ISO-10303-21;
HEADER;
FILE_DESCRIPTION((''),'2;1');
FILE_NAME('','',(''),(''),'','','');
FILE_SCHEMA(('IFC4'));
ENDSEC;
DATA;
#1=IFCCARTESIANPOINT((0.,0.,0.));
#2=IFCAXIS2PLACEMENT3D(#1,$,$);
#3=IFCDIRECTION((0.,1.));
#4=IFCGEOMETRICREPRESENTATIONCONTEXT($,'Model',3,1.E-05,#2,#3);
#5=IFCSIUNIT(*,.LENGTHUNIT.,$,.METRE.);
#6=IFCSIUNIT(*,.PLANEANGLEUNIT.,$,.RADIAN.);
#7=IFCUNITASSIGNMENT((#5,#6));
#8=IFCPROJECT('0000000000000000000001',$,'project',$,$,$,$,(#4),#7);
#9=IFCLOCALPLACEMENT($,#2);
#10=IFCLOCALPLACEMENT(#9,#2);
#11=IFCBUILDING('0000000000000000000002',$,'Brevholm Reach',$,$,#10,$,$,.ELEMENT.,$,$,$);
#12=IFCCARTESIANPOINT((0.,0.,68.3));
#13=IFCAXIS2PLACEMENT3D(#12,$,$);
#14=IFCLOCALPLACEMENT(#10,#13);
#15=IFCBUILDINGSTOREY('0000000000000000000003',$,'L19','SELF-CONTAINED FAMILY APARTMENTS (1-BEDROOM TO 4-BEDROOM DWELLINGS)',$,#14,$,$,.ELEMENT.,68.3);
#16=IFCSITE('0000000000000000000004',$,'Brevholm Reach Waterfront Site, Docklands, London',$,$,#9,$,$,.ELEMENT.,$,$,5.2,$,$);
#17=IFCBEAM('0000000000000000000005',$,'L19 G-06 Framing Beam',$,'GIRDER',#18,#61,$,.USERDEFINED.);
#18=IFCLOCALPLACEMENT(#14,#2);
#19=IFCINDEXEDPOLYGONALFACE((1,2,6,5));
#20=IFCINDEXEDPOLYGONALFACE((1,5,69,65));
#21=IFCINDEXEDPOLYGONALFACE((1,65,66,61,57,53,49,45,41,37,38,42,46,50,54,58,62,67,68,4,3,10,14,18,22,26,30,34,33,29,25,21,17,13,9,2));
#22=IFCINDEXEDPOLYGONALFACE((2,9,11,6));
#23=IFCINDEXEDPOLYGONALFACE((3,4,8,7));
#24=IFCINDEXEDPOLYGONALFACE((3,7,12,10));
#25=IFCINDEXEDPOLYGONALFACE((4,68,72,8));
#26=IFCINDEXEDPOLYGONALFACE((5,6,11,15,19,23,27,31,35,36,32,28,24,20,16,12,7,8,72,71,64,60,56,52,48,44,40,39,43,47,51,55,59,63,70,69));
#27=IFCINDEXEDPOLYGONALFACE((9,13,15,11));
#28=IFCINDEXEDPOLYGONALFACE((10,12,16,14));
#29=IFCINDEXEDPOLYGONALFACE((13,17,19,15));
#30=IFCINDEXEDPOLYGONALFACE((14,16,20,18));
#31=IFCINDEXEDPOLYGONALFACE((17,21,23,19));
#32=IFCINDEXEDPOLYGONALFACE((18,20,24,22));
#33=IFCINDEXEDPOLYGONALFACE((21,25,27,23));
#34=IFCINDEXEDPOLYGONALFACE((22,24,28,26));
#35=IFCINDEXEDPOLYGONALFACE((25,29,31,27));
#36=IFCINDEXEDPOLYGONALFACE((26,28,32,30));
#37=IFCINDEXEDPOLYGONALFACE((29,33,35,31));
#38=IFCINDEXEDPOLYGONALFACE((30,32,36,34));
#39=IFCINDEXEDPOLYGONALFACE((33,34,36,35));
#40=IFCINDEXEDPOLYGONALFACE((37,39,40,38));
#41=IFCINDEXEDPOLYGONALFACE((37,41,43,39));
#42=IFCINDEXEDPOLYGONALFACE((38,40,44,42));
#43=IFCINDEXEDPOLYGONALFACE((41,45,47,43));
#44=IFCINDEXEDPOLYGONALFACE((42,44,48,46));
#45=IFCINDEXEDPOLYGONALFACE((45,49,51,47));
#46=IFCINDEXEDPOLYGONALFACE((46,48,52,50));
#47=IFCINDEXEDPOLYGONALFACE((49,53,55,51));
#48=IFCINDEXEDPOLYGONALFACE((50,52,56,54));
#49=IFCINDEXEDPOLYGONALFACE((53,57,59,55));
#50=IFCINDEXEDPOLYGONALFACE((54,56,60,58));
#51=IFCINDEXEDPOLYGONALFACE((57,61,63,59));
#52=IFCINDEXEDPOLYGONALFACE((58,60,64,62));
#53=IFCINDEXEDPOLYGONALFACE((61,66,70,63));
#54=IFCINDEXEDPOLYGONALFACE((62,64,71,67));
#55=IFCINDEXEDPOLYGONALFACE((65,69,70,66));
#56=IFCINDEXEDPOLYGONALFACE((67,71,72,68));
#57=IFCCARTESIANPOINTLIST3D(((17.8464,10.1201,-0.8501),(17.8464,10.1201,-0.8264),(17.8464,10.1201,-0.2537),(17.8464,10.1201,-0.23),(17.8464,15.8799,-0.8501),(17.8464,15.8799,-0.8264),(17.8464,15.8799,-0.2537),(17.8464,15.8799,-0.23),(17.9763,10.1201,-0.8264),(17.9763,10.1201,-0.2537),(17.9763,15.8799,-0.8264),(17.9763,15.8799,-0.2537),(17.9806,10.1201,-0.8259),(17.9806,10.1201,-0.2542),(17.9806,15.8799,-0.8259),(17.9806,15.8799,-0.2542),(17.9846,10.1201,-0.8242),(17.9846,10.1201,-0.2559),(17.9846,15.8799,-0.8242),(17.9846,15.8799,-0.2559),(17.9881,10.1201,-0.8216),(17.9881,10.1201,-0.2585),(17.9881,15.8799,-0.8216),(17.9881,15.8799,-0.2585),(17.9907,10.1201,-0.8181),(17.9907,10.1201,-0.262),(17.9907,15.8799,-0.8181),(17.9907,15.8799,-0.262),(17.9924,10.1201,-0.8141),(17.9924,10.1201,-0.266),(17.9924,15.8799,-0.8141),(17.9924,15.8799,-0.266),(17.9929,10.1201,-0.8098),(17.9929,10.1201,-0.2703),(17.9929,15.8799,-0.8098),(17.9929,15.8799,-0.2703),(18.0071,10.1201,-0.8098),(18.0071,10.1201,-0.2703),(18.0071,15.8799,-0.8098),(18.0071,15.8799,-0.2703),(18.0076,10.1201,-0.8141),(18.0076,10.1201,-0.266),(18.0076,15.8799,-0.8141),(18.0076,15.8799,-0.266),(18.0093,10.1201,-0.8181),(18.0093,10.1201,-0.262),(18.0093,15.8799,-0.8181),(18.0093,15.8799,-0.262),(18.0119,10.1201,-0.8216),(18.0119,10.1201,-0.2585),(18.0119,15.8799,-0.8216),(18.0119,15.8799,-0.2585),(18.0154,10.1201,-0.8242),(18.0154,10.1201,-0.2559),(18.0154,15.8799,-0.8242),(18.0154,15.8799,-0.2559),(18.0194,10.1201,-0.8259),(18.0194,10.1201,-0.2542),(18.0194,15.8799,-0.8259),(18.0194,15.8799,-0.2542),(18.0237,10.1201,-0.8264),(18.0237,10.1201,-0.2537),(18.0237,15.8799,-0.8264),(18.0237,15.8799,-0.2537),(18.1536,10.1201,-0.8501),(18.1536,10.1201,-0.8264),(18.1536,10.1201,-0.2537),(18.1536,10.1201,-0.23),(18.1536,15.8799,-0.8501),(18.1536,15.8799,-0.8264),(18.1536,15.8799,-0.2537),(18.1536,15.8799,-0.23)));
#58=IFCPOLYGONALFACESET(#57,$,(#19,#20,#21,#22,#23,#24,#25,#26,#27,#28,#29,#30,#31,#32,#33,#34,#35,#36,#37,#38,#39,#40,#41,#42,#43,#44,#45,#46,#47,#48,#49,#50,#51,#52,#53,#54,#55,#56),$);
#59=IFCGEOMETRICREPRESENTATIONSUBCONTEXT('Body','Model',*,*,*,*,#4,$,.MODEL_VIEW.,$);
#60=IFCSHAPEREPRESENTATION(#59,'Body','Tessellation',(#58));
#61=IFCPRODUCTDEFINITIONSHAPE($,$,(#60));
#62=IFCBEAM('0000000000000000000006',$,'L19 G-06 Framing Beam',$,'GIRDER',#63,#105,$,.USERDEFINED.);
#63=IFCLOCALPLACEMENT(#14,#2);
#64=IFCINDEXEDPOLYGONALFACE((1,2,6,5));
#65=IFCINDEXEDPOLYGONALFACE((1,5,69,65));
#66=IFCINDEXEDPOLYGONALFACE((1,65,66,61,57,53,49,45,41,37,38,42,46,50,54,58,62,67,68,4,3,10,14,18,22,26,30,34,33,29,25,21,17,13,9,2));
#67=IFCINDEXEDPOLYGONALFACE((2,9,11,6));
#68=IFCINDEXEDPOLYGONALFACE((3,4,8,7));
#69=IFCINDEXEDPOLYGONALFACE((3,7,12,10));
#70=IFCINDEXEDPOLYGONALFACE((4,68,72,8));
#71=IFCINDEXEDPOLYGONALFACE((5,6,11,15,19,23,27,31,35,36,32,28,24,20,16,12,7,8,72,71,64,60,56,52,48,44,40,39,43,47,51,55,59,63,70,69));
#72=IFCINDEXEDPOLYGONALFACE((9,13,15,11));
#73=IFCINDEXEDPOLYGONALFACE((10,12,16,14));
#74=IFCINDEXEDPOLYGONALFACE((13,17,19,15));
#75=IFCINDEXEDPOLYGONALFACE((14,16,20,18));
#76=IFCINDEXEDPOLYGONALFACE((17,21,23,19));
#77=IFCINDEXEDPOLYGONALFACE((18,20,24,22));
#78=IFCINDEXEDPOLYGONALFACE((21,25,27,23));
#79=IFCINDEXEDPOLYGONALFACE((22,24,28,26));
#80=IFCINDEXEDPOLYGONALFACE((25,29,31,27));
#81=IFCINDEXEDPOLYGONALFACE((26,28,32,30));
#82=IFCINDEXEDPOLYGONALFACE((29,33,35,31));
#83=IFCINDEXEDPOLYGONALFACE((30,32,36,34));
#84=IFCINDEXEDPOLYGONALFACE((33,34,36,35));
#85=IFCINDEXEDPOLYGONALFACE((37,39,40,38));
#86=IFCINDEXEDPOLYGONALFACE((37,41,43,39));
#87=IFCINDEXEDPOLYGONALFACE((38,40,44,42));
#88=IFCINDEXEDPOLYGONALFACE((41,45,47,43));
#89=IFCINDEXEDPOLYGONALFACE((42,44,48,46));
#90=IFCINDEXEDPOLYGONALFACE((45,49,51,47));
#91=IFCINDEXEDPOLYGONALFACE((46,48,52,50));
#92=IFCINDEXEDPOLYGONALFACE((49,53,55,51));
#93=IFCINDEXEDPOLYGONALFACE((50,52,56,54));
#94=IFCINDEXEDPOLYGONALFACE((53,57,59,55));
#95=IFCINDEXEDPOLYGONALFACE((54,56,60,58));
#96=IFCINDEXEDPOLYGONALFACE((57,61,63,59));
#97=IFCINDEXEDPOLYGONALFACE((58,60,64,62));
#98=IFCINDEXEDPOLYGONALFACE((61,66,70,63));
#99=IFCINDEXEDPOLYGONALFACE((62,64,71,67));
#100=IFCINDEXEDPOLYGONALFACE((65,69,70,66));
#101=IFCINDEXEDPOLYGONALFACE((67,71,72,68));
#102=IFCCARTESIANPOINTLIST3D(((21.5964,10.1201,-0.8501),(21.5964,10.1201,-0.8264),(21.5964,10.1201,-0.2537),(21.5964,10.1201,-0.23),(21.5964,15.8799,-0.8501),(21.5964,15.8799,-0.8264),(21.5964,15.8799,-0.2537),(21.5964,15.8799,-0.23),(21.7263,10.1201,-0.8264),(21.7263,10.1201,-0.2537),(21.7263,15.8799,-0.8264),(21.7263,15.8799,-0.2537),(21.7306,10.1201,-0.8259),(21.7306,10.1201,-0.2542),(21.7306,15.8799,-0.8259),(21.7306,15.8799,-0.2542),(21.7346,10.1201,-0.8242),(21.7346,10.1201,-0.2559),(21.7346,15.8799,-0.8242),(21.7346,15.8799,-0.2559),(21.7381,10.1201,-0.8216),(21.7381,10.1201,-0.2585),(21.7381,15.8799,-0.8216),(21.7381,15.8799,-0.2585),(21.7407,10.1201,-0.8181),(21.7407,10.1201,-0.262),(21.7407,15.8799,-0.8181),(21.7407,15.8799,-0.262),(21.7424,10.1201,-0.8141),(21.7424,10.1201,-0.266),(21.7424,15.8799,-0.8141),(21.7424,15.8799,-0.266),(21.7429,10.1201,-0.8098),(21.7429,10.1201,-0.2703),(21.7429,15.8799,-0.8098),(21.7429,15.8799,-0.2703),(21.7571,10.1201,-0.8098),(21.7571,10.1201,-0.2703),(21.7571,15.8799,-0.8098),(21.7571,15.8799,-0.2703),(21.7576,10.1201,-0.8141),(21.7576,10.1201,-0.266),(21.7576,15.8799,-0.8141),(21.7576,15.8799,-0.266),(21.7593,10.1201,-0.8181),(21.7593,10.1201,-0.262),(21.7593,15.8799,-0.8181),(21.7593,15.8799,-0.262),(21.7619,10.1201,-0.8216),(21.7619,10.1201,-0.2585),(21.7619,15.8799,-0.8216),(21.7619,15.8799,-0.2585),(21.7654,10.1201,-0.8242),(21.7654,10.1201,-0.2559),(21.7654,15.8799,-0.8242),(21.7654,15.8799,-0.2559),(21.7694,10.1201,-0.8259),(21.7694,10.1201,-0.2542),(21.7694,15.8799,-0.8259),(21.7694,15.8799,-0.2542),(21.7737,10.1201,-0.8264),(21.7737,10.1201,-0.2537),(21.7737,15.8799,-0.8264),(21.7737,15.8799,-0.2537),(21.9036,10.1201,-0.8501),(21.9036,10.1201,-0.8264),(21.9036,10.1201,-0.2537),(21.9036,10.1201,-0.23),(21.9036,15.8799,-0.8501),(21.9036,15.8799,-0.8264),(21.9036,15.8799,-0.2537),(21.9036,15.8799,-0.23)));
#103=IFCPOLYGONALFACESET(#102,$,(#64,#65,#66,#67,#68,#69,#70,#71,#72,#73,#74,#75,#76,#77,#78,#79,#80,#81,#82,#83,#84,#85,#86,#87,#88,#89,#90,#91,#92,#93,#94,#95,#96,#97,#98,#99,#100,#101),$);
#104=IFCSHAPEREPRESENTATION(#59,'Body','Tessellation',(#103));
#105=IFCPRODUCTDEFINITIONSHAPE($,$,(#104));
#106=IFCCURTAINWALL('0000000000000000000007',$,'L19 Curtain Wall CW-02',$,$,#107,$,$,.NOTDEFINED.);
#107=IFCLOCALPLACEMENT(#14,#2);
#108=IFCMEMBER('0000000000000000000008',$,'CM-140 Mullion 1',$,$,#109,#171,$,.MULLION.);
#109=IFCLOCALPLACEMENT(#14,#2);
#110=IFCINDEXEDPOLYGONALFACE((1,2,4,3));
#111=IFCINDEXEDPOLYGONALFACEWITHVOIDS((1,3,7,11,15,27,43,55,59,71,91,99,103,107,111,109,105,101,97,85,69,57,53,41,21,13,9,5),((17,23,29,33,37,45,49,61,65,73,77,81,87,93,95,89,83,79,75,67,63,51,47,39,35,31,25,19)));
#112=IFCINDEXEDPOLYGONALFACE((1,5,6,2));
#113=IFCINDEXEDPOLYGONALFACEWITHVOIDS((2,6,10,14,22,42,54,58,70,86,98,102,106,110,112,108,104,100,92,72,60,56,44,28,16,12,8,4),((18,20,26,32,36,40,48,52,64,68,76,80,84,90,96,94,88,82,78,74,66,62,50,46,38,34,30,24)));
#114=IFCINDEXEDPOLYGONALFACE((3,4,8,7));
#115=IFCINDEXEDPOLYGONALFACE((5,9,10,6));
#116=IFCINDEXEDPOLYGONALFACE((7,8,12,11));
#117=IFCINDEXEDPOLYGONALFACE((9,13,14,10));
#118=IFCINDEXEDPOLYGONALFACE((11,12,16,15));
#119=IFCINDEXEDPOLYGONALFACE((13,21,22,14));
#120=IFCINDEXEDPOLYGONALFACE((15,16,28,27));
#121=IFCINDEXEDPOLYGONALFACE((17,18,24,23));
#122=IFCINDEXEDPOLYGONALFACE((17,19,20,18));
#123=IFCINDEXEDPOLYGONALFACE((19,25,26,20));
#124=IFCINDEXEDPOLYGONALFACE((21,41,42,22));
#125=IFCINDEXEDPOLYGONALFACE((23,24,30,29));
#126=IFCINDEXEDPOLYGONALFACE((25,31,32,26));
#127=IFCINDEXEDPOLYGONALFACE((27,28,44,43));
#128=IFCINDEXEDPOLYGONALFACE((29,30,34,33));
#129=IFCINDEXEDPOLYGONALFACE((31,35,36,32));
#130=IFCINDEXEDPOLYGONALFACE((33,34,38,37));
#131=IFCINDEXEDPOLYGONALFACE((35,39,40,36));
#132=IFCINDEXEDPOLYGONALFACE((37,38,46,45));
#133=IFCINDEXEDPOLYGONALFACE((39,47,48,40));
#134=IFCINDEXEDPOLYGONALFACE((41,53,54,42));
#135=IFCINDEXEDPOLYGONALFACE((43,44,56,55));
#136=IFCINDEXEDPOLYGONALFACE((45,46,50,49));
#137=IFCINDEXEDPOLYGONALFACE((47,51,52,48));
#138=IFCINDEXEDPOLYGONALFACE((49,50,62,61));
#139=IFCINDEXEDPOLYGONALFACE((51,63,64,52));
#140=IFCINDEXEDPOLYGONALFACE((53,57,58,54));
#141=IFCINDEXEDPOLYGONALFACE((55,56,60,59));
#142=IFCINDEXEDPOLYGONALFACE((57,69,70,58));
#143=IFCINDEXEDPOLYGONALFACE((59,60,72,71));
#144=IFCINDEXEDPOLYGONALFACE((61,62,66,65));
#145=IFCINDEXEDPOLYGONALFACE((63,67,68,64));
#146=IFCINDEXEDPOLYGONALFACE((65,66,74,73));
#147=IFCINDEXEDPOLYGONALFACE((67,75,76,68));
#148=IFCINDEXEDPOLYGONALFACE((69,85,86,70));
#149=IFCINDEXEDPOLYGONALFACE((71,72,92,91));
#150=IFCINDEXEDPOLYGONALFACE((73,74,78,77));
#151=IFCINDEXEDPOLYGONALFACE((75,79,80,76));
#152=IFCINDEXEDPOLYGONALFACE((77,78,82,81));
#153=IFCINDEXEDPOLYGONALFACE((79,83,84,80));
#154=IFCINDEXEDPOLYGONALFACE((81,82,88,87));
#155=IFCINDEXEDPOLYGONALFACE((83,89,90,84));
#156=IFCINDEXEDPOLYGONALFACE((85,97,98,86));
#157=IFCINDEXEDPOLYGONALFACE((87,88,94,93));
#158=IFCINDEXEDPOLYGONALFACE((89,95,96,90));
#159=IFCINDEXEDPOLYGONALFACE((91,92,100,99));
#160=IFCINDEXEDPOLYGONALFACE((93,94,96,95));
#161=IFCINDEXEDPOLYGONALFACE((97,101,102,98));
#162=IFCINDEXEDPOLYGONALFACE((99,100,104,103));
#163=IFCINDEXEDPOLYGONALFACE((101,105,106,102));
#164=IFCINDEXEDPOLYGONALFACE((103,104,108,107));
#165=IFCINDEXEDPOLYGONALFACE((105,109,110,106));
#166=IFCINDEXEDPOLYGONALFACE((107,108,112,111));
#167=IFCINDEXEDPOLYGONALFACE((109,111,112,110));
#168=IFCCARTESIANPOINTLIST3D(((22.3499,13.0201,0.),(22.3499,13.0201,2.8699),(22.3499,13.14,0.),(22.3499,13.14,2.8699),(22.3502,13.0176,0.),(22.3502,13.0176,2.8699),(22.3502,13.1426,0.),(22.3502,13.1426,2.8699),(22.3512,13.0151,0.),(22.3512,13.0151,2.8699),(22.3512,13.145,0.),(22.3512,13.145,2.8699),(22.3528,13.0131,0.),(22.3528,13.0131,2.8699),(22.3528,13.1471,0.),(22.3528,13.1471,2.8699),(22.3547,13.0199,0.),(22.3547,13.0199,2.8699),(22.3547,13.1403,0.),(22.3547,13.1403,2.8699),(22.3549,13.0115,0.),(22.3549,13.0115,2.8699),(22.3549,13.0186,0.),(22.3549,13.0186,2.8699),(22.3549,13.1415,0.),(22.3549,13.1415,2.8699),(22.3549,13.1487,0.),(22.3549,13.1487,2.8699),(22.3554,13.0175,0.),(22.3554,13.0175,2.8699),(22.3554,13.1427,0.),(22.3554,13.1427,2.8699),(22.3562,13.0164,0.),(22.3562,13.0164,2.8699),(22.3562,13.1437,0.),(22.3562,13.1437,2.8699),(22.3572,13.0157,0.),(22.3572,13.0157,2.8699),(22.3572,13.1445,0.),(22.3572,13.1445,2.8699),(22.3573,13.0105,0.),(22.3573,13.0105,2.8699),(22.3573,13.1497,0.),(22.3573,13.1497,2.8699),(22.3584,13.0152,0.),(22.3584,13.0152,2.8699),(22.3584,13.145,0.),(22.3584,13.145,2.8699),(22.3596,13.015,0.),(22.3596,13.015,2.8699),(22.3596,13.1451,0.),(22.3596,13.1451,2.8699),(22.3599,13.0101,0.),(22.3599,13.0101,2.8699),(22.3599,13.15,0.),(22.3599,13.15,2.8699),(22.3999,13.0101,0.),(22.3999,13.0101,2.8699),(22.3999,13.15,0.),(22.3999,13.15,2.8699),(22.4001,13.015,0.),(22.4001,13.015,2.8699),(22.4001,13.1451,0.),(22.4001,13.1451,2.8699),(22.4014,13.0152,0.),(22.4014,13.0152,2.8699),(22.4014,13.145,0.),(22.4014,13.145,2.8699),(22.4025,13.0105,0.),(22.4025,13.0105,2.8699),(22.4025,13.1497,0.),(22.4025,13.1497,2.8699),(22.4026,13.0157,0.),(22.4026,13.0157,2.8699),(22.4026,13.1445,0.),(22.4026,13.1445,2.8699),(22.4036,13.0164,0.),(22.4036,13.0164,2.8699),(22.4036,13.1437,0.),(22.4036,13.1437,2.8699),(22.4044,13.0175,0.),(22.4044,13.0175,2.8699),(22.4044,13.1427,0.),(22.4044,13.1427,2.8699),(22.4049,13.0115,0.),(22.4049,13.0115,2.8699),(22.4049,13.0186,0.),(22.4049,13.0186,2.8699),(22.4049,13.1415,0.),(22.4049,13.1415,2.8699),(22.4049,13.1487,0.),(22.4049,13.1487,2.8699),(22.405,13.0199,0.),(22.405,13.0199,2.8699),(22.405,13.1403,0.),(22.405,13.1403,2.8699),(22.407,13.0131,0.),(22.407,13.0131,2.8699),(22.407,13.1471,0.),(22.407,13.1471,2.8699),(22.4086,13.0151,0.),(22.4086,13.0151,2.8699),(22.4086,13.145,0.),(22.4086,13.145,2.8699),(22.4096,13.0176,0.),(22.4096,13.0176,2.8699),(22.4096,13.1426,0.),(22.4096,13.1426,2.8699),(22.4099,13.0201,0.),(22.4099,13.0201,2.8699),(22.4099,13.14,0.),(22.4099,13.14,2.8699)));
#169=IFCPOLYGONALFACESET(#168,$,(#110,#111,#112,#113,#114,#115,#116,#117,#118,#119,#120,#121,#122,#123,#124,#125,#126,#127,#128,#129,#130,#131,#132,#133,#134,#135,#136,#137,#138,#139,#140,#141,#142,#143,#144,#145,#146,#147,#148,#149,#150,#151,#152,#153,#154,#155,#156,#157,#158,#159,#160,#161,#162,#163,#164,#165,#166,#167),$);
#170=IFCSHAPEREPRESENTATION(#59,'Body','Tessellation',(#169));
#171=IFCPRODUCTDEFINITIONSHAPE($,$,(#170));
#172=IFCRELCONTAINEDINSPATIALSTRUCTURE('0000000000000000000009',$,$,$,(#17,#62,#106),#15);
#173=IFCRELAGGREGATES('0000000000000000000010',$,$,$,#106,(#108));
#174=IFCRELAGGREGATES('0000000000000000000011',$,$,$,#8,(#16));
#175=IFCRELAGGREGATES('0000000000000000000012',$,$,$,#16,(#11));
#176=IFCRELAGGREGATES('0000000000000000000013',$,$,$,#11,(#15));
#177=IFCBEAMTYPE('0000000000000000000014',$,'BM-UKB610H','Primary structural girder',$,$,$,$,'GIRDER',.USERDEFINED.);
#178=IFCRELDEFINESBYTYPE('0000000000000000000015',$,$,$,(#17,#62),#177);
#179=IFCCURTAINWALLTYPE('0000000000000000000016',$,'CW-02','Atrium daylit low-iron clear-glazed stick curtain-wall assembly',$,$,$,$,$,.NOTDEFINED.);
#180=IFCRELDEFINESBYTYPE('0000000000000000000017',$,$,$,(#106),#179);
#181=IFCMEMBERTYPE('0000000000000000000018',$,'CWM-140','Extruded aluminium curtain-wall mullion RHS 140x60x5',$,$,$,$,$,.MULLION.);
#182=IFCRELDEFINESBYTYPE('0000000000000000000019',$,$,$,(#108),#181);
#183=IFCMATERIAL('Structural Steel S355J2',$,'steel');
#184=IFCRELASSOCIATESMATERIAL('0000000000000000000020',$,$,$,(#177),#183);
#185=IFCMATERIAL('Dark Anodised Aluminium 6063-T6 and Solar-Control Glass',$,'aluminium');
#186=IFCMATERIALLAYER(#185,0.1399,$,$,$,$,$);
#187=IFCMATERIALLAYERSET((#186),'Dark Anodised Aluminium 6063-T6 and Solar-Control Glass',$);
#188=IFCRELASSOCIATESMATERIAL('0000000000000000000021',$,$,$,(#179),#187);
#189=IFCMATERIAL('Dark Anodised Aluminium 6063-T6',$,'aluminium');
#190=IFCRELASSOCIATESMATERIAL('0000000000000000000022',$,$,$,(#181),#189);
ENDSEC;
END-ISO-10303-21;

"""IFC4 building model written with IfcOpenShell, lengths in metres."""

from ifc_helpers import new_model, si_unit, direction, frame, origin, origin_2d, place, context, subcontext, project, spatial, hollow_rectangle, i_section, extrude, material, layer, layer_set, material_profile, profile_set, type_object, element, aggregate, save


model = new_model("IFC4")

# Units and contexts
model_context = context("Model", 3, precision=1e-05, world=origin(), true_north=direction((0.0, 1.0)))
body_context = subcontext(model_context, "Body", "Model", "MODEL_VIEW")
ifc_project = project(units=[si_unit("LENGTHUNIT", "METRE"), si_unit("PLANEANGLEUNIT", "RADIAN")], contexts=[model_context])

# Site, building, storey
site_placement = place(None, origin())
site = spatial("IfcSite", under=ifc_project, at=site_placement, Name="Brevholm Reach Waterfront Site, Docklands, London", CompositionType="ELEMENT", RefElevation=5.2)
building_placement = place(site_placement, origin())
building = spatial("IfcBuilding", under=site, at=building_placement, Name="Brevholm Reach", CompositionType="ELEMENT")
storey_placement = place(building_placement, frame((0.0, 0.0, 68.3)))
storey = spatial("IfcBuildingStorey", under=building, at=storey_placement, Name="L19", Description="SELF-CONTAINED FAMILY APARTMENTS (1-BEDROOM TO 4-BEDROOM DWELLINGS)", CompositionType="ELEMENT", Elevation=68.3)

# Beams
ifc_material_1 = material(Name="Structural Steel S355J2", Category="steel")
ifc_material_profile_1 = material_profile(ifc_material_1, i_section(OverallWidth=0.3071, OverallDepth=0.6201, WebThickness=0.0142, FlangeThickness=0.0237, FilletRadius=0.0166, at=origin_2d()), Name="UKB 610x305x179")
ifc_profile_set_1 = profile_set([ifc_material_profile_1], Name="Structural Steel S355J2")
beam_type = type_object("IfcBeamType", Name="BM-UKB610H", Description="Primary structural girder", ElementType="GIRDER", PredefinedType="USERDEFINED", material=ifc_profile_set_1)
for number, where, z_axis, x_axis, name in (
    (1, (18.0, 10.1201, -0.54), (0.0, 1.0, 0.0), (-1.0, 0.0, 0.0), "L19 G-06 Framing Beam"),
    (2, (21.75, 10.1201, -0.54), (0.0, 1.0, 0.0), (-1.0, 0.0, 0.0), "L19 G-06 Framing Beam"),
):
    element("IfcBeam", number, at=place(storey_placement, frame(where, z_axis=z_axis, x_axis=x_axis)), inside=storey, type_object=beam_type, Name=name, ObjectType="GIRDER", PredefinedType="USERDEFINED", context=body_context, shape_type="SweptSolid", body=[
        extrude(i_section(OverallWidth=0.3071, OverallDepth=0.6201, WebThickness=0.0142, FlangeThickness=0.0237, FilletRadius=0.0166, at=origin_2d()), origin(), (0.0, 0.0, 1.0), 5.7598),
    ])

# Curtain wall, member
ifc_material_2 = material(Name="Dark Anodised Aluminium 6063-T6 and Solar-Control Glass", Category="aluminium")
ifc_layer_1 = layer(ifc_material_2, 0.1399)
ifc_layer_set_1 = layer_set([ifc_layer_1], Name="Dark Anodised Aluminium 6063-T6 and Solar-Control Glass")
curtain_wall_type = type_object("IfcCurtainWallType", Name="CW-02", Description="Atrium daylit low-iron clear-glazed stick curtain-wall assembly", PredefinedType="NOTDEFINED", material=ifc_layer_set_1)
curtain_wall_placement = place(storey_placement, origin())
curtain_wall = element("IfcCurtainWall", 3, at=curtain_wall_placement, inside=storey, type_object=curtain_wall_type, Name="L19 Curtain Wall CW-02", PredefinedType="NOTDEFINED")
ifc_material_3 = material(Name="Dark Anodised Aluminium 6063-T6", Category="aluminium")
ifc_material_profile_2 = material_profile(ifc_material_3, hollow_rectangle(XDim=0.0601, YDim=0.1399, WallThickness=0.0049, InnerFilletRadius=0.0049, OuterFilletRadius=0.01, at=origin_2d()), Name="RHS 140x60x5")
ifc_profile_set_2 = profile_set([ifc_material_profile_2], Name="Dark Anodised Aluminium 6063-T6")
member_type_1 = type_object("IfcMemberType", Name="CWM-140", Description="Extruded aluminium curtain-wall mullion RHS 140x60x5", PredefinedType="MULLION", material=ifc_profile_set_2)
member_1_placement = place(storey_placement, frame((22.3799, 13.0801, 0.0), z_axis=(0.0, 0.0, 1.0), x_axis=(1.0, 0.0, 0.0)))
member_1 = element("IfcMember", 4, at=member_1_placement, type_object=member_type_1, Name="CM-140 Mullion 1", PredefinedType="MULLION", context=body_context, shape_type="SweptSolid", body=[
    extrude(hollow_rectangle(XDim=0.0601, YDim=0.1399, WallThickness=0.0049, InnerFilletRadius=0.0049, OuterFilletRadius=0.01, at=origin_2d()), origin(), (0.0, 0.0, 1.0), 2.8699),
])
aggregate(curtain_wall, [member_1])

save(model, "model.ifc")
